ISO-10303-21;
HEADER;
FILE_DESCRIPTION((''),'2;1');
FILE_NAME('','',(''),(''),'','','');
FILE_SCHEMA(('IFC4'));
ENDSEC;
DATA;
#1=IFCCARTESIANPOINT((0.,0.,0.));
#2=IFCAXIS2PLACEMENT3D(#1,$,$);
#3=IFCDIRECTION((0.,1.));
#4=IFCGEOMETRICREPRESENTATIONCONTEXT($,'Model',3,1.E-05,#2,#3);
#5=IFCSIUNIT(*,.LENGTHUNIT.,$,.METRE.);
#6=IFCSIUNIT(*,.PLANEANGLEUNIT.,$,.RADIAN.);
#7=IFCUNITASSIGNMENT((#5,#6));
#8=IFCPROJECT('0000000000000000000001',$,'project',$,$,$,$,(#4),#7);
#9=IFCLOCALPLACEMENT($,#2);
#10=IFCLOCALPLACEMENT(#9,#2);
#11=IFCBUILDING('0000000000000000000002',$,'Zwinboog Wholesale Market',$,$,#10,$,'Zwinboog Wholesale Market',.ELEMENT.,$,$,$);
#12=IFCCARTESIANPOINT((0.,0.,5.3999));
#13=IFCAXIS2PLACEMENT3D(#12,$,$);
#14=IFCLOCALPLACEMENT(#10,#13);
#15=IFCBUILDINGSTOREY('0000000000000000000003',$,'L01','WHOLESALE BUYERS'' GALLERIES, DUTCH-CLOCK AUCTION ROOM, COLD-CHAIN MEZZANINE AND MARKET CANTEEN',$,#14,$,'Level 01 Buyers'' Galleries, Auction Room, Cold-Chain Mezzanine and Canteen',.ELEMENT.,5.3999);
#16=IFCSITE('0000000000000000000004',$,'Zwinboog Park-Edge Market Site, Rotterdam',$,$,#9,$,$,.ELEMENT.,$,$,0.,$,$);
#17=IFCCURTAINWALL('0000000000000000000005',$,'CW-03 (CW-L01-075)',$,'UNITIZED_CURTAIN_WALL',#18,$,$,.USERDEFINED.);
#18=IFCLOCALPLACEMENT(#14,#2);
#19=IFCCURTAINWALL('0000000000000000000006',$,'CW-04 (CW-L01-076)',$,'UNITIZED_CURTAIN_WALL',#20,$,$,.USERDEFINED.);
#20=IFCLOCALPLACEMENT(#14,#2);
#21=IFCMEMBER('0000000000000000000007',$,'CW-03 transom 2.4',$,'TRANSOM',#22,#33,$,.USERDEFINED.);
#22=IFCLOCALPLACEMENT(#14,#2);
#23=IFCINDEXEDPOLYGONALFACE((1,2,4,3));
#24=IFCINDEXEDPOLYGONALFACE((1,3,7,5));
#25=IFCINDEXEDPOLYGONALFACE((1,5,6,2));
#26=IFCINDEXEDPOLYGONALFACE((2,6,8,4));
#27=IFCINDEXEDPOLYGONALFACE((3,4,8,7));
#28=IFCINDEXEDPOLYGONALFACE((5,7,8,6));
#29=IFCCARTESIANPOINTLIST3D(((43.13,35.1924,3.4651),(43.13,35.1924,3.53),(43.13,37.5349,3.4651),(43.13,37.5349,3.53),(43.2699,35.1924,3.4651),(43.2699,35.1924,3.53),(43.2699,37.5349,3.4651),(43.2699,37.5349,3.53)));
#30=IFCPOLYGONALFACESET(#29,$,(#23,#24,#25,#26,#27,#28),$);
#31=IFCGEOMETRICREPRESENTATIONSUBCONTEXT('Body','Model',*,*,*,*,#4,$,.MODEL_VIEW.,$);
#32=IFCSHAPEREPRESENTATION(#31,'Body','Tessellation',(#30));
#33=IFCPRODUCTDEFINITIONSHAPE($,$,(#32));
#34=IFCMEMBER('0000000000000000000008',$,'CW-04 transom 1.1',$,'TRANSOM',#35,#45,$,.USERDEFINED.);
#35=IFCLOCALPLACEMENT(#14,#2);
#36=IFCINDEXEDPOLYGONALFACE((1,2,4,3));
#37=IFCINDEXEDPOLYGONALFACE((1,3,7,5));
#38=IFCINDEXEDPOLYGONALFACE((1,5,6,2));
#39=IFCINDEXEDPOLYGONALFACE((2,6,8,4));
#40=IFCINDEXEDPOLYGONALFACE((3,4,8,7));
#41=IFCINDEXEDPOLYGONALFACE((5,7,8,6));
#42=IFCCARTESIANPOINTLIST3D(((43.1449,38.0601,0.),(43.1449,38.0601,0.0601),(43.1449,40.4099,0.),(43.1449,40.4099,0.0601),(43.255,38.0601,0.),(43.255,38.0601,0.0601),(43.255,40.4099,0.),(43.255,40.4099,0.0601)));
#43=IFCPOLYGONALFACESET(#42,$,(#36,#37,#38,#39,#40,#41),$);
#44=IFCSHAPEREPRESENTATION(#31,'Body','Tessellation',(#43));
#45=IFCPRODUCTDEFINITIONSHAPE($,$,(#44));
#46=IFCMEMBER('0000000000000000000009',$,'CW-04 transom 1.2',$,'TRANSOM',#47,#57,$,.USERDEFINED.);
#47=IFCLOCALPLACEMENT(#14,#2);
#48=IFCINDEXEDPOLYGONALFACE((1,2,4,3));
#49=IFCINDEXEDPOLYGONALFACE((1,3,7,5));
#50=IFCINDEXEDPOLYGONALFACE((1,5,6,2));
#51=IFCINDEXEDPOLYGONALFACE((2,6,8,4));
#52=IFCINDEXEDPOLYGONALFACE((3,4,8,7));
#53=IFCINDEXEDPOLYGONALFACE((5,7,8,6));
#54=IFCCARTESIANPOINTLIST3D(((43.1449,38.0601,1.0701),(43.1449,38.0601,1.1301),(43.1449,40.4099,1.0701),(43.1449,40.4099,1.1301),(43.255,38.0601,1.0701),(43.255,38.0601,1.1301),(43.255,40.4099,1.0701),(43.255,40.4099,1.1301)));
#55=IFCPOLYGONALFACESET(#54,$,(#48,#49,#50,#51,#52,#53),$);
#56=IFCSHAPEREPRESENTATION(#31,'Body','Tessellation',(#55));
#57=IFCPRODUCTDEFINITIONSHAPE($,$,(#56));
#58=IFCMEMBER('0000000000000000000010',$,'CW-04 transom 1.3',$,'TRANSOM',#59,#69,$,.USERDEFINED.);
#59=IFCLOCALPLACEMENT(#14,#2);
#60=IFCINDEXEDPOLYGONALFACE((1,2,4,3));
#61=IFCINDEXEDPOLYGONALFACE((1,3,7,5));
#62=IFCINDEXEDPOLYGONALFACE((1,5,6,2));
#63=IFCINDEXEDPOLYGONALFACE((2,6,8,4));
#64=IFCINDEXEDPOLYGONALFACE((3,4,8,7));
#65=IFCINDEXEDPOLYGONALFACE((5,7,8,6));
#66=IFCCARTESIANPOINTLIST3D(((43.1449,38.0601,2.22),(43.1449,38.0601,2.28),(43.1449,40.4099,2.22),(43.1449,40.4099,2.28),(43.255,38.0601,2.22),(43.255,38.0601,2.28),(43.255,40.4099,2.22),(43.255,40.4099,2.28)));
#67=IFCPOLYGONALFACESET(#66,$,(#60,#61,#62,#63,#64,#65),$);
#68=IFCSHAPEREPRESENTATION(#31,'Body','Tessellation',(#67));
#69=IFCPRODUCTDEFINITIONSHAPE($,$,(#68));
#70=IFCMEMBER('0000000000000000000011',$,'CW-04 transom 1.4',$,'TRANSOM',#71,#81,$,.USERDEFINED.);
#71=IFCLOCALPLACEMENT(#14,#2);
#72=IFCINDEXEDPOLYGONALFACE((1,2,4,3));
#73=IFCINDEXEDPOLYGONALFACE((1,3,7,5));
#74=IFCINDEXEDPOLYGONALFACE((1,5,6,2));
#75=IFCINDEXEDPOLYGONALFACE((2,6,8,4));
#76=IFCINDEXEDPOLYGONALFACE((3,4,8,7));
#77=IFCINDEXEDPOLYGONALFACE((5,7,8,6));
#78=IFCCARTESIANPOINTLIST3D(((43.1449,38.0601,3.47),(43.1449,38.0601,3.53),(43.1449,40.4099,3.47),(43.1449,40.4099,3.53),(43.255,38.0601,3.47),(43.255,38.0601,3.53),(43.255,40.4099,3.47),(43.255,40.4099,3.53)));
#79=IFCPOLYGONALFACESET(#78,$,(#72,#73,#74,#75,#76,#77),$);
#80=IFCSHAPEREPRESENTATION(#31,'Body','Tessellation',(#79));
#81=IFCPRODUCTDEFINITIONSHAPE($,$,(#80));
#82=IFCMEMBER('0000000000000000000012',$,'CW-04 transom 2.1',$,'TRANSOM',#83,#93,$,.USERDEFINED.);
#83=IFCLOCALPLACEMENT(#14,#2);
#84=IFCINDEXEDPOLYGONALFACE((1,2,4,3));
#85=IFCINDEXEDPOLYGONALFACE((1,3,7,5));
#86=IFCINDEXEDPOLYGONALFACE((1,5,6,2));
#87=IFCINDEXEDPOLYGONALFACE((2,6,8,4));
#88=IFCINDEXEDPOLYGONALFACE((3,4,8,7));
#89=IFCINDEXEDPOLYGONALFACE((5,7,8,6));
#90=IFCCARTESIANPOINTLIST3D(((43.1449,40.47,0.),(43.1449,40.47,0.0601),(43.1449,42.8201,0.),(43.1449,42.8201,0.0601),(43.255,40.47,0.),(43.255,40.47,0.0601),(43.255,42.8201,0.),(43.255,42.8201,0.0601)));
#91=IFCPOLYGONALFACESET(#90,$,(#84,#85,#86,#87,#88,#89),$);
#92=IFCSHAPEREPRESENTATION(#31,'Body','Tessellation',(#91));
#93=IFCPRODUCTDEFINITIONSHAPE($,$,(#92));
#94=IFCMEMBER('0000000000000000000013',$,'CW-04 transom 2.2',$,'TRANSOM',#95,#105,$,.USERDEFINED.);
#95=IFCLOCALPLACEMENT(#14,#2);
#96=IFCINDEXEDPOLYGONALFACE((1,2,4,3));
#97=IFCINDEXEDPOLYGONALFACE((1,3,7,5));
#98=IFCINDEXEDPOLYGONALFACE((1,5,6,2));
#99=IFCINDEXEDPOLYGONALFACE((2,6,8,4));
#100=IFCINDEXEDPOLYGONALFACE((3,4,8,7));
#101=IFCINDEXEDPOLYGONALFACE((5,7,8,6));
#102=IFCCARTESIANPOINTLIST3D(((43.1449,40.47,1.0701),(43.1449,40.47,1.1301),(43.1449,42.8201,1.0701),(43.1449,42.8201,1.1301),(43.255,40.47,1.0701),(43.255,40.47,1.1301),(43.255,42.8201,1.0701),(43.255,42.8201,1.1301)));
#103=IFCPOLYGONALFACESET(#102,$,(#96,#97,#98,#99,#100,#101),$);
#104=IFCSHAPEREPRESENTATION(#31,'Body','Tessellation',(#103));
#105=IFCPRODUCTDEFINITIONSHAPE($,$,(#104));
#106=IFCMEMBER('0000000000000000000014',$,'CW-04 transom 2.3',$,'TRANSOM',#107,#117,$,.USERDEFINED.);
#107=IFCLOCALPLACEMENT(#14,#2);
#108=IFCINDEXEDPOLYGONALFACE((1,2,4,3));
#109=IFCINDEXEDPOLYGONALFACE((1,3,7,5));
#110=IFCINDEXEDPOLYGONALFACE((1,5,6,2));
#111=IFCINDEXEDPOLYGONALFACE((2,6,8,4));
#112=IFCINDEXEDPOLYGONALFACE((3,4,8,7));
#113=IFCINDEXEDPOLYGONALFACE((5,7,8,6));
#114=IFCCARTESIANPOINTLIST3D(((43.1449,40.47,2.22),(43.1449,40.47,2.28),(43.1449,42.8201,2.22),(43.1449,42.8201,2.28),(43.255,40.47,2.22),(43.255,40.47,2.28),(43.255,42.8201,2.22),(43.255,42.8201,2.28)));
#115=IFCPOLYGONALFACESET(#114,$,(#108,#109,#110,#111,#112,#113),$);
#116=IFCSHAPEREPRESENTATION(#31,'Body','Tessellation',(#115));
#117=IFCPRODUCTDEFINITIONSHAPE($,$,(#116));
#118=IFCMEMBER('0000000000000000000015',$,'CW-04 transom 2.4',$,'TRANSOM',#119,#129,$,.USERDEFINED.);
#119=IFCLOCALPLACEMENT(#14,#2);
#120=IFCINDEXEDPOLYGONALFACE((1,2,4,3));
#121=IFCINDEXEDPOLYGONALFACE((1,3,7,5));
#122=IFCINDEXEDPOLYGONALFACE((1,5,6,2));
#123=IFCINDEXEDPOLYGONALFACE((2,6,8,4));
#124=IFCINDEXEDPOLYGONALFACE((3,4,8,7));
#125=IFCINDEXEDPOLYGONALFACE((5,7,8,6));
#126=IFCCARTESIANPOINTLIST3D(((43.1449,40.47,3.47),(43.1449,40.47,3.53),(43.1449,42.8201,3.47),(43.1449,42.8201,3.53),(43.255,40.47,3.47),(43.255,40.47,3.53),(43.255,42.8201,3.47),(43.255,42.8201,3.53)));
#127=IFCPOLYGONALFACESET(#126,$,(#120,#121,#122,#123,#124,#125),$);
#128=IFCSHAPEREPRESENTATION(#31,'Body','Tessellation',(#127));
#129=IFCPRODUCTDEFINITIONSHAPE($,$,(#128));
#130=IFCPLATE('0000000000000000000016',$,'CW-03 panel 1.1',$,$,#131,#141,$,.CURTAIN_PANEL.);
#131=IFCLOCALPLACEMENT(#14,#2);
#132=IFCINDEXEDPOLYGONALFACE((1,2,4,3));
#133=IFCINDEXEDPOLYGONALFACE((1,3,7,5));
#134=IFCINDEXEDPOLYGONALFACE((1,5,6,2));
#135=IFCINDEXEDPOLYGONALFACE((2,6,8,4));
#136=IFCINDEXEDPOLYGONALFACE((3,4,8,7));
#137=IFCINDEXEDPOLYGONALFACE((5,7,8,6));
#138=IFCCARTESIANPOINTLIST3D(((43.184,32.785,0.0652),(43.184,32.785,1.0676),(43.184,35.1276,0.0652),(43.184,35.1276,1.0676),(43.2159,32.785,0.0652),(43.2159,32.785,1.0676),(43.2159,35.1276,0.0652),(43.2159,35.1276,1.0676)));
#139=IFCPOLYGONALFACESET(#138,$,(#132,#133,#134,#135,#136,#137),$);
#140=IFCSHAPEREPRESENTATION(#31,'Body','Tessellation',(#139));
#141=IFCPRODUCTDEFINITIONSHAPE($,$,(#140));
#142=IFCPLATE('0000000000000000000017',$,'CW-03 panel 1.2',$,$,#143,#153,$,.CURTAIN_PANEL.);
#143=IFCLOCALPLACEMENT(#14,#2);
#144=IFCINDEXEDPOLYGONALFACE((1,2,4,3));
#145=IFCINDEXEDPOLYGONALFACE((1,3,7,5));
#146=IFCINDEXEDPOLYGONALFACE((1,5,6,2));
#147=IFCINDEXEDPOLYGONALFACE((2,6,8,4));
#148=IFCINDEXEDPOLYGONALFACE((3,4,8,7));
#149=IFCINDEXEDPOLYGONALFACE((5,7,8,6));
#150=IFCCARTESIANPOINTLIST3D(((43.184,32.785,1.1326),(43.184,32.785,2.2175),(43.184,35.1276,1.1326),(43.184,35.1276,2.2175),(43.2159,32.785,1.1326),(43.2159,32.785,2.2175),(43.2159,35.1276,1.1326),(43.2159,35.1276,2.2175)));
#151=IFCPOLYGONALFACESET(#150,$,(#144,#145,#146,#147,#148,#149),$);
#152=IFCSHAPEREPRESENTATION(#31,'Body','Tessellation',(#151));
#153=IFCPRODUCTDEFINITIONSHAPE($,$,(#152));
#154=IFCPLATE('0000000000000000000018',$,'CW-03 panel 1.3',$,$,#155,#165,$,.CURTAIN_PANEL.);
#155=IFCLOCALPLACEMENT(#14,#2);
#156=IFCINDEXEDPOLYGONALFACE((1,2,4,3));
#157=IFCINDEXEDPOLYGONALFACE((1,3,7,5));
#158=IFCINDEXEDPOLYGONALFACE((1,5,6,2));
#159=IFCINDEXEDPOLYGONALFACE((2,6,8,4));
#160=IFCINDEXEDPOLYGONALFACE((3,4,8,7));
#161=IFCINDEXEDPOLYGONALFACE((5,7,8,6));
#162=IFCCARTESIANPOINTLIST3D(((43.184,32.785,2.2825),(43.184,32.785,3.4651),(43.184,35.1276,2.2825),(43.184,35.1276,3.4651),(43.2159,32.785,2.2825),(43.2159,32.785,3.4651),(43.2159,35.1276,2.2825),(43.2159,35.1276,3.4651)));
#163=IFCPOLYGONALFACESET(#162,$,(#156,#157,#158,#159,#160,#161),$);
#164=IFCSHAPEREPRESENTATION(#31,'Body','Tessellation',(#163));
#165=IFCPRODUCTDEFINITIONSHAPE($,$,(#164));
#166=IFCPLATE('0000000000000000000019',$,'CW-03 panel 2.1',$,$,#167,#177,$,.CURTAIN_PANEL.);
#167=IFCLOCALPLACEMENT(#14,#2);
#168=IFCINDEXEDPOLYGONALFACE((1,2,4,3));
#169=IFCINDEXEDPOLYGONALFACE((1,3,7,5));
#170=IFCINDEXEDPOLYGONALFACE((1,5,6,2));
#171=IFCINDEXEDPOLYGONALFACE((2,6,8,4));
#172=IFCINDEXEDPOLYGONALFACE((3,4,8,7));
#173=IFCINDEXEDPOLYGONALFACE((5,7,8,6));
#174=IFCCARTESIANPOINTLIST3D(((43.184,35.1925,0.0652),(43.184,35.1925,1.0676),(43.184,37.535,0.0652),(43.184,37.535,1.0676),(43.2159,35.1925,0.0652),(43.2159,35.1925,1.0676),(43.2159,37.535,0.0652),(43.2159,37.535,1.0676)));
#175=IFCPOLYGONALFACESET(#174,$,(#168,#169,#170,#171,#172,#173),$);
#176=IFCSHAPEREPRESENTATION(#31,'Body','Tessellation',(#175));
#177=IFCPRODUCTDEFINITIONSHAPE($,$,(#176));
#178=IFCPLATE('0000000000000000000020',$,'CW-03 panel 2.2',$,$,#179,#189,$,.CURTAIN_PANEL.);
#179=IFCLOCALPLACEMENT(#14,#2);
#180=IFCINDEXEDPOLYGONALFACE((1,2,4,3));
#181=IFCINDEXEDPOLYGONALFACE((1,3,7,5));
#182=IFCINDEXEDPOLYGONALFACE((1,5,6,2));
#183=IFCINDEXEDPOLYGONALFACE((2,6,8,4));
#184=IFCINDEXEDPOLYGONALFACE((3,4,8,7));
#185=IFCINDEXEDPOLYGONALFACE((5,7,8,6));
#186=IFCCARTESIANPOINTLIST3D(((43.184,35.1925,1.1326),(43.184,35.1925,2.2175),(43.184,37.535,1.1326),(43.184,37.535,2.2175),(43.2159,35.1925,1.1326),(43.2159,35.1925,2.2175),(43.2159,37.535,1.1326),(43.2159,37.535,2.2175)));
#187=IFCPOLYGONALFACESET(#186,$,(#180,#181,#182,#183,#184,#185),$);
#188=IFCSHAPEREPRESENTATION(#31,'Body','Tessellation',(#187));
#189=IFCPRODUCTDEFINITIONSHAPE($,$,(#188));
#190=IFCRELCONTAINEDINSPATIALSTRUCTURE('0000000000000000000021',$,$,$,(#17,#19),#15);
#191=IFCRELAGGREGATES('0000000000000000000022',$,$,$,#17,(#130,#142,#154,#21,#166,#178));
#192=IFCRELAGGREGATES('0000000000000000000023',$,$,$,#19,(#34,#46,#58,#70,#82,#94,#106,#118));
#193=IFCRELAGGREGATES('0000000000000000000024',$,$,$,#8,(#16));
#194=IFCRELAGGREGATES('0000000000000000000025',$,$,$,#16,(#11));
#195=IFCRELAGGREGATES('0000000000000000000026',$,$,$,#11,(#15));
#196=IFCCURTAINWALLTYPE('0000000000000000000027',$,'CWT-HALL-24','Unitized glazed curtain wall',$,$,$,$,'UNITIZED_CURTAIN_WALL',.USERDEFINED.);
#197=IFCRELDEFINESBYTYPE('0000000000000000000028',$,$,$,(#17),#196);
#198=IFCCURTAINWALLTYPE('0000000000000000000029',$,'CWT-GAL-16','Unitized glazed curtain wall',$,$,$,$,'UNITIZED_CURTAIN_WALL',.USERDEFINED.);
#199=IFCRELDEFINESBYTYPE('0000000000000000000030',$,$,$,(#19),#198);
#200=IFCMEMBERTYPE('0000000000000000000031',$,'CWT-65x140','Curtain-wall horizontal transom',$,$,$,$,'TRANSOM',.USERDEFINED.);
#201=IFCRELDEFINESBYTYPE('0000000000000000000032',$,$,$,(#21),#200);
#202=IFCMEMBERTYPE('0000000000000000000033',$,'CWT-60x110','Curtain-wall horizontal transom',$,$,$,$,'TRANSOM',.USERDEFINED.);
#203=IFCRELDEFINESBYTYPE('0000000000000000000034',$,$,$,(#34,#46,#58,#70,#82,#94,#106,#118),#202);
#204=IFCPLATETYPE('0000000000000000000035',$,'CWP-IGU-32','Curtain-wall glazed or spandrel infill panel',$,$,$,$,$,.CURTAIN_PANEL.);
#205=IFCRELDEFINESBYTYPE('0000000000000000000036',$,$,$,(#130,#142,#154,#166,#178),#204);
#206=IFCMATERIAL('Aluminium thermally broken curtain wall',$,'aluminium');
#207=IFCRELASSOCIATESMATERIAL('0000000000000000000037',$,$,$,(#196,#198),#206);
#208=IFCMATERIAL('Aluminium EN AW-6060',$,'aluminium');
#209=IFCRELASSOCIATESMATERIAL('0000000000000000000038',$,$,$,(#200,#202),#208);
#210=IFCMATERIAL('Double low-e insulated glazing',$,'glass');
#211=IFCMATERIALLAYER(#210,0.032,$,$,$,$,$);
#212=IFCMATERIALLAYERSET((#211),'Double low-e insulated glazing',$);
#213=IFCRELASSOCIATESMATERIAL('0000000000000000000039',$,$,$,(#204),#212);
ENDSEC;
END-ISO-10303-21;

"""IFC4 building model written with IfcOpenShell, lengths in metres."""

from ifc_helpers import new_model, si_unit, direction, frame, origin, origin_2d, place, context, subcontext, project, spatial, rectangle, extrude, material, layer, layer_set, material_profile, profile_set, type_object, element, aggregate, save


model = new_model("IFC4")

# Units and contexts
model_context = context("Model", 3, precision=1e-05, world=origin(), true_north=direction((0.0, 1.0)))
body_context = subcontext(model_context, "Body", "Model", "MODEL_VIEW")
ifc_project = project(units=[si_unit("LENGTHUNIT", "METRE"), si_unit("PLANEANGLEUNIT", "RADIAN")], contexts=[model_context])

# Site, building, storey
site_placement = place(None, origin())
site = spatial("IfcSite", under=ifc_project, at=site_placement, Name="Zwinboog Park-Edge Market Site, Rotterdam", CompositionType="ELEMENT", RefElevation=0.0)
building_placement = place(site_placement, origin())
building = spatial("IfcBuilding", under=site, at=building_placement, Name="Zwinboog Wholesale Market", LongName="Zwinboog Wholesale Market", CompositionType="ELEMENT")
storey_placement = place(building_placement, frame((0.0, 0.0, 5.3999)))
storey = spatial("IfcBuildingStorey", under=building, at=storey_placement, Name="L01", Description="WHOLESALE BUYERS' GALLERIES, DUTCH-CLOCK AUCTION ROOM, COLD-CHAIN MEZZANINE AND MARKET CANTEEN", LongName="Level 01 Buyers' Galleries, Auction Room, Cold-Chain Mezzanine and Canteen", CompositionType="ELEMENT", Elevation=5.3999)

# Curtain walls
ifc_material_1 = material(Name="Aluminium thermally broken curtain wall", Category="aluminium")
curtain_wall_type_1 = type_object("IfcCurtainWallType", Name="CWT-HALL-24", Description="Unitized glazed curtain wall", ElementType="UNITIZED_CURTAIN_WALL", PredefinedType="USERDEFINED", material=ifc_material_1)
curtain_wall_1_placement = place(storey_placement, origin())
curtain_wall_1 = element("IfcCurtainWall", 1, at=curtain_wall_1_placement, inside=storey, type_object=curtain_wall_type_1, Name="CW-03 (CW-L01-075)", ObjectType="UNITIZED_CURTAIN_WALL", PredefinedType="USERDEFINED")
ifc_material_2 = material(Name="Aluminium EN AW-6060", Category="aluminium")
curtain_wall_type_2 = type_object("IfcCurtainWallType", Name="CWT-GAL-16", Description="Unitized glazed curtain wall", ElementType="UNITIZED_CURTAIN_WALL", PredefinedType="USERDEFINED", material=ifc_material_1)
curtain_wall_2_placement = place(storey_placement, origin())
curtain_wall_2 = element("IfcCurtainWall", 2, at=curtain_wall_2_placement, inside=storey, type_object=curtain_wall_type_2, Name="CW-04 (CW-L01-076)", ObjectType="UNITIZED_CURTAIN_WALL", PredefinedType="USERDEFINED")

# Members
ifc_material_profile_1 = material_profile(ifc_material_2, rectangle(XDim=0.1399, YDim=0.0649, at=origin_2d()), Name="AL 65x140")
ifc_profile_set_1 = profile_set([ifc_material_profile_1], Name="Aluminium EN AW-6060")
member_type_1 = type_object("IfcMemberType", Name="CWT-65x140", Description="Curtain-wall horizontal transom", ElementType="TRANSOM", PredefinedType="USERDEFINED", material=ifc_profile_set_1)
member_1_placement = place(storey_placement, frame((43.2, 35.1924, 3.4976), z_axis=(0.0, 1.0, 0.0), x_axis=(-1.0, 0.0, 0.0)))
member_1 = element("IfcMember", 3, at=member_1_placement, type_object=member_type_1, Name="CW-03 transom 2.4", ObjectType="TRANSOM", PredefinedType="USERDEFINED", context=body_context, shape_type="SweptSolid", body=[
    extrude(rectangle(XDim=0.1399, YDim=0.0649, at=origin_2d()), origin(), (0.0, 0.0, 1.0), 2.3425),
])
ifc_material_profile_2 = material_profile(ifc_material_2, rectangle(XDim=0.1101, YDim=0.0601, at=origin_2d()), Name="AL 60x110")
ifc_profile_set_2 = profile_set([ifc_material_profile_2], Name="Aluminium EN AW-6060")
member_type_2 = type_object("IfcMemberType", Name="CWT-60x110", Description="Curtain-wall horizontal transom", ElementType="TRANSOM", PredefinedType="USERDEFINED", material=ifc_profile_set_2)
member_2_placement = place(storey_placement, frame((43.2, 38.0601, 0.03), z_axis=(0.0, 1.0, 0.0), x_axis=(-1.0, 0.0, 0.0)))
member_2 = element("IfcMember", 4, at=member_2_placement, type_object=member_type_2, Name="CW-04 transom 1.1", ObjectType="TRANSOM", PredefinedType="USERDEFINED", context=body_context, shape_type="SweptSolid", body=[
    extrude(rectangle(XDim=0.1101, YDim=0.0601, at=origin_2d()), origin(), (0.0, 0.0, 1.0), 2.3499),
])
member_3_placement = place(storey_placement, frame((43.2, 38.0601, 1.1001), z_axis=(0.0, 1.0, 0.0), x_axis=(-1.0, 0.0, 0.0)))
member_3 = element("IfcMember", 5, at=member_3_placement, type_object=member_type_2, Name="CW-04 transom 1.2", ObjectType="TRANSOM", PredefinedType="USERDEFINED", context=body_context, shape_type="SweptSolid", body=[
    extrude(rectangle(XDim=0.1101, YDim=0.0601, at=origin_2d()), origin(), (0.0, 0.0, 1.0), 2.3499),
])
member_4_placement = place(storey_placement, frame((43.2, 38.0601, 2.25), z_axis=(0.0, 1.0, 0.0), x_axis=(-1.0, 0.0, 0.0)))
member_4 = element("IfcMember", 6, at=member_4_placement, type_object=member_type_2, Name="CW-04 transom 1.3", ObjectType="TRANSOM", PredefinedType="USERDEFINED", context=body_context, shape_type="SweptSolid", body=[
    extrude(rectangle(XDim=0.1101, YDim=0.0601, at=origin_2d()), origin(), (0.0, 0.0, 1.0), 2.3499),
])
member_5_placement = place(storey_placement, frame((43.2, 38.0601, 3.5), z_axis=(0.0, 1.0, 0.0), x_axis=(-1.0, 0.0, 0.0)))
member_5 = element("IfcMember", 7, at=member_5_placement, type_object=member_type_2, Name="CW-04 transom 1.4", ObjectType="TRANSOM", PredefinedType="USERDEFINED", context=body_context, shape_type="SweptSolid", body=[
    extrude(rectangle(XDim=0.1101, YDim=0.0601, at=origin_2d()), origin(), (0.0, 0.0, 1.0), 2.3499),
])
member_6_placement = place(storey_placement, frame((43.2, 40.47, 0.03), z_axis=(0.0, 1.0, 0.0), x_axis=(-1.0, 0.0, 0.0)))
member_6 = element("IfcMember", 8, at=member_6_placement, type_object=member_type_2, Name="CW-04 transom 2.1", ObjectType="TRANSOM", PredefinedType="USERDEFINED", context=body_context, shape_type="SweptSolid", body=[
    extrude(rectangle(XDim=0.1101, YDim=0.0601, at=origin_2d()), origin(), (0.0, 0.0, 1.0), 2.3501),
])
member_7_placement = place(storey_placement, frame((43.2, 40.47, 1.1001), z_axis=(0.0, 1.0, 0.0), x_axis=(-1.0, 0.0, 0.0)))
member_7 = element("IfcMember", 9, at=member_7_placement, type_object=member_type_2, Name="CW-04 transom 2.2", ObjectType="TRANSOM", PredefinedType="USERDEFINED", context=body_context, shape_type="SweptSolid", body=[
    extrude(rectangle(XDim=0.1101, YDim=0.0601, at=origin_2d()), origin(), (0.0, 0.0, 1.0), 2.3501),
])
member_8_placement = place(storey_placement, frame((43.2, 40.47, 2.25), z_axis=(0.0, 1.0, 0.0), x_axis=(-1.0, 0.0, 0.0)))
member_8 = element("IfcMember", 10, at=member_8_placement, type_object=member_type_2, Name="CW-04 transom 2.3", ObjectType="TRANSOM", PredefinedType="USERDEFINED", context=body_context, shape_type="SweptSolid", body=[
    extrude(rectangle(XDim=0.1101, YDim=0.0601, at=origin_2d()), origin(), (0.0, 0.0, 1.0), 2.3501),
])
member_9_placement = place(storey_placement, frame((43.2, 40.47, 3.5), z_axis=(0.0, 1.0, 0.0), x_axis=(-1.0, 0.0, 0.0)))
member_9 = element("IfcMember", 11, at=member_9_placement, type_object=member_type_2, Name="CW-04 transom 2.4", ObjectType="TRANSOM", PredefinedType="USERDEFINED", context=body_context, shape_type="SweptSolid", body=[
    extrude(rectangle(XDim=0.1101, YDim=0.0601, at=origin_2d()), origin(), (0.0, 0.0, 1.0), 2.3501),
])

# Plates
ifc_material_3 = material(Name="Double low-e insulated glazing", Category="glass")
ifc_layer_1 = layer(ifc_material_3, 0.032)
ifc_layer_set_1 = layer_set([ifc_layer_1], Name="Double low-e insulated glazing")
plate_type = type_object("IfcPlateType", Name="CWP-IGU-32", Description="Curtain-wall glazed or spandrel infill panel", PredefinedType="CURTAIN_PANEL", material=ifc_layer_set_1)
plate_1_placement = place(storey_placement, frame((43.2, 33.9563, 0.0652), z_axis=(0.0, 0.0, 1.0), x_axis=(0.0, 1.0, 0.0)))
plate_1 = element("IfcPlate", 12, at=plate_1_placement, type_object=plate_type, Name="CW-03 panel 1.1", PredefinedType="CURTAIN_PANEL", context=body_context, shape_type="SweptSolid", body=[
    extrude(rectangle(XDim=2.3425, YDim=0.032, at=origin_2d()), origin(), (0.0, 0.0, 1.0), 1.0024),
])
plate_2_placement = place(storey_placement, frame((43.2, 33.9563, 1.1326), z_axis=(0.0, 0.0, 1.0), x_axis=(0.0, 1.0, 0.0)))
plate_2 = element("IfcPlate", 13, at=plate_2_placement, type_object=plate_type, Name="CW-03 panel 1.2", PredefinedType="CURTAIN_PANEL", context=body_context, shape_type="SweptSolid", body=[
    extrude(rectangle(XDim=2.3425, YDim=0.032, at=origin_2d()), origin(), (0.0, 0.0, 1.0), 1.085),
])
plate_3_placement = place(storey_placement, frame((43.2, 33.9563, 2.2825), z_axis=(0.0, 0.0, 1.0), x_axis=(0.0, 1.0, 0.0)))
plate_3 = element("IfcPlate", 14, at=plate_3_placement, type_object=plate_type, Name="CW-03 panel 1.3", PredefinedType="CURTAIN_PANEL", context=body_context, shape_type="SweptSolid", body=[
    extrude(rectangle(XDim=2.3425, YDim=0.032, at=origin_2d()), origin(), (0.0, 0.0, 1.0), 1.1826),
])
plate_4_placement = place(storey_placement, frame((43.2, 36.3638, 0.0652), z_axis=(0.0, 0.0, 1.0), x_axis=(0.0, 1.0, 0.0)))
plate_4 = element("IfcPlate", 15, at=plate_4_placement, type_object=plate_type, Name="CW-03 panel 2.1", PredefinedType="CURTAIN_PANEL", context=body_context, shape_type="SweptSolid", body=[
    extrude(rectangle(XDim=2.3425, YDim=0.032, at=origin_2d()), origin(), (0.0, 0.0, 1.0), 1.0024),
])
plate_5_placement = place(storey_placement, frame((43.2, 36.3638, 1.1326), z_axis=(0.0, 0.0, 1.0), x_axis=(0.0, 1.0, 0.0)))
plate_5 = element("IfcPlate", 16, at=plate_5_placement, type_object=plate_type, Name="CW-03 panel 2.2", PredefinedType="CURTAIN_PANEL", context=body_context, shape_type="SweptSolid", body=[
    extrude(rectangle(XDim=2.3425, YDim=0.032, at=origin_2d()), origin(), (0.0, 0.0, 1.0), 1.085),
])
aggregate(curtain_wall_1, [plate_1, plate_2, plate_3, member_1, plate_4, plate_5])
aggregate(curtain_wall_2, [member_2, member_3, member_4, member_5, member_6, member_7, member_8, member_9])

save(model, "model.ifc")
